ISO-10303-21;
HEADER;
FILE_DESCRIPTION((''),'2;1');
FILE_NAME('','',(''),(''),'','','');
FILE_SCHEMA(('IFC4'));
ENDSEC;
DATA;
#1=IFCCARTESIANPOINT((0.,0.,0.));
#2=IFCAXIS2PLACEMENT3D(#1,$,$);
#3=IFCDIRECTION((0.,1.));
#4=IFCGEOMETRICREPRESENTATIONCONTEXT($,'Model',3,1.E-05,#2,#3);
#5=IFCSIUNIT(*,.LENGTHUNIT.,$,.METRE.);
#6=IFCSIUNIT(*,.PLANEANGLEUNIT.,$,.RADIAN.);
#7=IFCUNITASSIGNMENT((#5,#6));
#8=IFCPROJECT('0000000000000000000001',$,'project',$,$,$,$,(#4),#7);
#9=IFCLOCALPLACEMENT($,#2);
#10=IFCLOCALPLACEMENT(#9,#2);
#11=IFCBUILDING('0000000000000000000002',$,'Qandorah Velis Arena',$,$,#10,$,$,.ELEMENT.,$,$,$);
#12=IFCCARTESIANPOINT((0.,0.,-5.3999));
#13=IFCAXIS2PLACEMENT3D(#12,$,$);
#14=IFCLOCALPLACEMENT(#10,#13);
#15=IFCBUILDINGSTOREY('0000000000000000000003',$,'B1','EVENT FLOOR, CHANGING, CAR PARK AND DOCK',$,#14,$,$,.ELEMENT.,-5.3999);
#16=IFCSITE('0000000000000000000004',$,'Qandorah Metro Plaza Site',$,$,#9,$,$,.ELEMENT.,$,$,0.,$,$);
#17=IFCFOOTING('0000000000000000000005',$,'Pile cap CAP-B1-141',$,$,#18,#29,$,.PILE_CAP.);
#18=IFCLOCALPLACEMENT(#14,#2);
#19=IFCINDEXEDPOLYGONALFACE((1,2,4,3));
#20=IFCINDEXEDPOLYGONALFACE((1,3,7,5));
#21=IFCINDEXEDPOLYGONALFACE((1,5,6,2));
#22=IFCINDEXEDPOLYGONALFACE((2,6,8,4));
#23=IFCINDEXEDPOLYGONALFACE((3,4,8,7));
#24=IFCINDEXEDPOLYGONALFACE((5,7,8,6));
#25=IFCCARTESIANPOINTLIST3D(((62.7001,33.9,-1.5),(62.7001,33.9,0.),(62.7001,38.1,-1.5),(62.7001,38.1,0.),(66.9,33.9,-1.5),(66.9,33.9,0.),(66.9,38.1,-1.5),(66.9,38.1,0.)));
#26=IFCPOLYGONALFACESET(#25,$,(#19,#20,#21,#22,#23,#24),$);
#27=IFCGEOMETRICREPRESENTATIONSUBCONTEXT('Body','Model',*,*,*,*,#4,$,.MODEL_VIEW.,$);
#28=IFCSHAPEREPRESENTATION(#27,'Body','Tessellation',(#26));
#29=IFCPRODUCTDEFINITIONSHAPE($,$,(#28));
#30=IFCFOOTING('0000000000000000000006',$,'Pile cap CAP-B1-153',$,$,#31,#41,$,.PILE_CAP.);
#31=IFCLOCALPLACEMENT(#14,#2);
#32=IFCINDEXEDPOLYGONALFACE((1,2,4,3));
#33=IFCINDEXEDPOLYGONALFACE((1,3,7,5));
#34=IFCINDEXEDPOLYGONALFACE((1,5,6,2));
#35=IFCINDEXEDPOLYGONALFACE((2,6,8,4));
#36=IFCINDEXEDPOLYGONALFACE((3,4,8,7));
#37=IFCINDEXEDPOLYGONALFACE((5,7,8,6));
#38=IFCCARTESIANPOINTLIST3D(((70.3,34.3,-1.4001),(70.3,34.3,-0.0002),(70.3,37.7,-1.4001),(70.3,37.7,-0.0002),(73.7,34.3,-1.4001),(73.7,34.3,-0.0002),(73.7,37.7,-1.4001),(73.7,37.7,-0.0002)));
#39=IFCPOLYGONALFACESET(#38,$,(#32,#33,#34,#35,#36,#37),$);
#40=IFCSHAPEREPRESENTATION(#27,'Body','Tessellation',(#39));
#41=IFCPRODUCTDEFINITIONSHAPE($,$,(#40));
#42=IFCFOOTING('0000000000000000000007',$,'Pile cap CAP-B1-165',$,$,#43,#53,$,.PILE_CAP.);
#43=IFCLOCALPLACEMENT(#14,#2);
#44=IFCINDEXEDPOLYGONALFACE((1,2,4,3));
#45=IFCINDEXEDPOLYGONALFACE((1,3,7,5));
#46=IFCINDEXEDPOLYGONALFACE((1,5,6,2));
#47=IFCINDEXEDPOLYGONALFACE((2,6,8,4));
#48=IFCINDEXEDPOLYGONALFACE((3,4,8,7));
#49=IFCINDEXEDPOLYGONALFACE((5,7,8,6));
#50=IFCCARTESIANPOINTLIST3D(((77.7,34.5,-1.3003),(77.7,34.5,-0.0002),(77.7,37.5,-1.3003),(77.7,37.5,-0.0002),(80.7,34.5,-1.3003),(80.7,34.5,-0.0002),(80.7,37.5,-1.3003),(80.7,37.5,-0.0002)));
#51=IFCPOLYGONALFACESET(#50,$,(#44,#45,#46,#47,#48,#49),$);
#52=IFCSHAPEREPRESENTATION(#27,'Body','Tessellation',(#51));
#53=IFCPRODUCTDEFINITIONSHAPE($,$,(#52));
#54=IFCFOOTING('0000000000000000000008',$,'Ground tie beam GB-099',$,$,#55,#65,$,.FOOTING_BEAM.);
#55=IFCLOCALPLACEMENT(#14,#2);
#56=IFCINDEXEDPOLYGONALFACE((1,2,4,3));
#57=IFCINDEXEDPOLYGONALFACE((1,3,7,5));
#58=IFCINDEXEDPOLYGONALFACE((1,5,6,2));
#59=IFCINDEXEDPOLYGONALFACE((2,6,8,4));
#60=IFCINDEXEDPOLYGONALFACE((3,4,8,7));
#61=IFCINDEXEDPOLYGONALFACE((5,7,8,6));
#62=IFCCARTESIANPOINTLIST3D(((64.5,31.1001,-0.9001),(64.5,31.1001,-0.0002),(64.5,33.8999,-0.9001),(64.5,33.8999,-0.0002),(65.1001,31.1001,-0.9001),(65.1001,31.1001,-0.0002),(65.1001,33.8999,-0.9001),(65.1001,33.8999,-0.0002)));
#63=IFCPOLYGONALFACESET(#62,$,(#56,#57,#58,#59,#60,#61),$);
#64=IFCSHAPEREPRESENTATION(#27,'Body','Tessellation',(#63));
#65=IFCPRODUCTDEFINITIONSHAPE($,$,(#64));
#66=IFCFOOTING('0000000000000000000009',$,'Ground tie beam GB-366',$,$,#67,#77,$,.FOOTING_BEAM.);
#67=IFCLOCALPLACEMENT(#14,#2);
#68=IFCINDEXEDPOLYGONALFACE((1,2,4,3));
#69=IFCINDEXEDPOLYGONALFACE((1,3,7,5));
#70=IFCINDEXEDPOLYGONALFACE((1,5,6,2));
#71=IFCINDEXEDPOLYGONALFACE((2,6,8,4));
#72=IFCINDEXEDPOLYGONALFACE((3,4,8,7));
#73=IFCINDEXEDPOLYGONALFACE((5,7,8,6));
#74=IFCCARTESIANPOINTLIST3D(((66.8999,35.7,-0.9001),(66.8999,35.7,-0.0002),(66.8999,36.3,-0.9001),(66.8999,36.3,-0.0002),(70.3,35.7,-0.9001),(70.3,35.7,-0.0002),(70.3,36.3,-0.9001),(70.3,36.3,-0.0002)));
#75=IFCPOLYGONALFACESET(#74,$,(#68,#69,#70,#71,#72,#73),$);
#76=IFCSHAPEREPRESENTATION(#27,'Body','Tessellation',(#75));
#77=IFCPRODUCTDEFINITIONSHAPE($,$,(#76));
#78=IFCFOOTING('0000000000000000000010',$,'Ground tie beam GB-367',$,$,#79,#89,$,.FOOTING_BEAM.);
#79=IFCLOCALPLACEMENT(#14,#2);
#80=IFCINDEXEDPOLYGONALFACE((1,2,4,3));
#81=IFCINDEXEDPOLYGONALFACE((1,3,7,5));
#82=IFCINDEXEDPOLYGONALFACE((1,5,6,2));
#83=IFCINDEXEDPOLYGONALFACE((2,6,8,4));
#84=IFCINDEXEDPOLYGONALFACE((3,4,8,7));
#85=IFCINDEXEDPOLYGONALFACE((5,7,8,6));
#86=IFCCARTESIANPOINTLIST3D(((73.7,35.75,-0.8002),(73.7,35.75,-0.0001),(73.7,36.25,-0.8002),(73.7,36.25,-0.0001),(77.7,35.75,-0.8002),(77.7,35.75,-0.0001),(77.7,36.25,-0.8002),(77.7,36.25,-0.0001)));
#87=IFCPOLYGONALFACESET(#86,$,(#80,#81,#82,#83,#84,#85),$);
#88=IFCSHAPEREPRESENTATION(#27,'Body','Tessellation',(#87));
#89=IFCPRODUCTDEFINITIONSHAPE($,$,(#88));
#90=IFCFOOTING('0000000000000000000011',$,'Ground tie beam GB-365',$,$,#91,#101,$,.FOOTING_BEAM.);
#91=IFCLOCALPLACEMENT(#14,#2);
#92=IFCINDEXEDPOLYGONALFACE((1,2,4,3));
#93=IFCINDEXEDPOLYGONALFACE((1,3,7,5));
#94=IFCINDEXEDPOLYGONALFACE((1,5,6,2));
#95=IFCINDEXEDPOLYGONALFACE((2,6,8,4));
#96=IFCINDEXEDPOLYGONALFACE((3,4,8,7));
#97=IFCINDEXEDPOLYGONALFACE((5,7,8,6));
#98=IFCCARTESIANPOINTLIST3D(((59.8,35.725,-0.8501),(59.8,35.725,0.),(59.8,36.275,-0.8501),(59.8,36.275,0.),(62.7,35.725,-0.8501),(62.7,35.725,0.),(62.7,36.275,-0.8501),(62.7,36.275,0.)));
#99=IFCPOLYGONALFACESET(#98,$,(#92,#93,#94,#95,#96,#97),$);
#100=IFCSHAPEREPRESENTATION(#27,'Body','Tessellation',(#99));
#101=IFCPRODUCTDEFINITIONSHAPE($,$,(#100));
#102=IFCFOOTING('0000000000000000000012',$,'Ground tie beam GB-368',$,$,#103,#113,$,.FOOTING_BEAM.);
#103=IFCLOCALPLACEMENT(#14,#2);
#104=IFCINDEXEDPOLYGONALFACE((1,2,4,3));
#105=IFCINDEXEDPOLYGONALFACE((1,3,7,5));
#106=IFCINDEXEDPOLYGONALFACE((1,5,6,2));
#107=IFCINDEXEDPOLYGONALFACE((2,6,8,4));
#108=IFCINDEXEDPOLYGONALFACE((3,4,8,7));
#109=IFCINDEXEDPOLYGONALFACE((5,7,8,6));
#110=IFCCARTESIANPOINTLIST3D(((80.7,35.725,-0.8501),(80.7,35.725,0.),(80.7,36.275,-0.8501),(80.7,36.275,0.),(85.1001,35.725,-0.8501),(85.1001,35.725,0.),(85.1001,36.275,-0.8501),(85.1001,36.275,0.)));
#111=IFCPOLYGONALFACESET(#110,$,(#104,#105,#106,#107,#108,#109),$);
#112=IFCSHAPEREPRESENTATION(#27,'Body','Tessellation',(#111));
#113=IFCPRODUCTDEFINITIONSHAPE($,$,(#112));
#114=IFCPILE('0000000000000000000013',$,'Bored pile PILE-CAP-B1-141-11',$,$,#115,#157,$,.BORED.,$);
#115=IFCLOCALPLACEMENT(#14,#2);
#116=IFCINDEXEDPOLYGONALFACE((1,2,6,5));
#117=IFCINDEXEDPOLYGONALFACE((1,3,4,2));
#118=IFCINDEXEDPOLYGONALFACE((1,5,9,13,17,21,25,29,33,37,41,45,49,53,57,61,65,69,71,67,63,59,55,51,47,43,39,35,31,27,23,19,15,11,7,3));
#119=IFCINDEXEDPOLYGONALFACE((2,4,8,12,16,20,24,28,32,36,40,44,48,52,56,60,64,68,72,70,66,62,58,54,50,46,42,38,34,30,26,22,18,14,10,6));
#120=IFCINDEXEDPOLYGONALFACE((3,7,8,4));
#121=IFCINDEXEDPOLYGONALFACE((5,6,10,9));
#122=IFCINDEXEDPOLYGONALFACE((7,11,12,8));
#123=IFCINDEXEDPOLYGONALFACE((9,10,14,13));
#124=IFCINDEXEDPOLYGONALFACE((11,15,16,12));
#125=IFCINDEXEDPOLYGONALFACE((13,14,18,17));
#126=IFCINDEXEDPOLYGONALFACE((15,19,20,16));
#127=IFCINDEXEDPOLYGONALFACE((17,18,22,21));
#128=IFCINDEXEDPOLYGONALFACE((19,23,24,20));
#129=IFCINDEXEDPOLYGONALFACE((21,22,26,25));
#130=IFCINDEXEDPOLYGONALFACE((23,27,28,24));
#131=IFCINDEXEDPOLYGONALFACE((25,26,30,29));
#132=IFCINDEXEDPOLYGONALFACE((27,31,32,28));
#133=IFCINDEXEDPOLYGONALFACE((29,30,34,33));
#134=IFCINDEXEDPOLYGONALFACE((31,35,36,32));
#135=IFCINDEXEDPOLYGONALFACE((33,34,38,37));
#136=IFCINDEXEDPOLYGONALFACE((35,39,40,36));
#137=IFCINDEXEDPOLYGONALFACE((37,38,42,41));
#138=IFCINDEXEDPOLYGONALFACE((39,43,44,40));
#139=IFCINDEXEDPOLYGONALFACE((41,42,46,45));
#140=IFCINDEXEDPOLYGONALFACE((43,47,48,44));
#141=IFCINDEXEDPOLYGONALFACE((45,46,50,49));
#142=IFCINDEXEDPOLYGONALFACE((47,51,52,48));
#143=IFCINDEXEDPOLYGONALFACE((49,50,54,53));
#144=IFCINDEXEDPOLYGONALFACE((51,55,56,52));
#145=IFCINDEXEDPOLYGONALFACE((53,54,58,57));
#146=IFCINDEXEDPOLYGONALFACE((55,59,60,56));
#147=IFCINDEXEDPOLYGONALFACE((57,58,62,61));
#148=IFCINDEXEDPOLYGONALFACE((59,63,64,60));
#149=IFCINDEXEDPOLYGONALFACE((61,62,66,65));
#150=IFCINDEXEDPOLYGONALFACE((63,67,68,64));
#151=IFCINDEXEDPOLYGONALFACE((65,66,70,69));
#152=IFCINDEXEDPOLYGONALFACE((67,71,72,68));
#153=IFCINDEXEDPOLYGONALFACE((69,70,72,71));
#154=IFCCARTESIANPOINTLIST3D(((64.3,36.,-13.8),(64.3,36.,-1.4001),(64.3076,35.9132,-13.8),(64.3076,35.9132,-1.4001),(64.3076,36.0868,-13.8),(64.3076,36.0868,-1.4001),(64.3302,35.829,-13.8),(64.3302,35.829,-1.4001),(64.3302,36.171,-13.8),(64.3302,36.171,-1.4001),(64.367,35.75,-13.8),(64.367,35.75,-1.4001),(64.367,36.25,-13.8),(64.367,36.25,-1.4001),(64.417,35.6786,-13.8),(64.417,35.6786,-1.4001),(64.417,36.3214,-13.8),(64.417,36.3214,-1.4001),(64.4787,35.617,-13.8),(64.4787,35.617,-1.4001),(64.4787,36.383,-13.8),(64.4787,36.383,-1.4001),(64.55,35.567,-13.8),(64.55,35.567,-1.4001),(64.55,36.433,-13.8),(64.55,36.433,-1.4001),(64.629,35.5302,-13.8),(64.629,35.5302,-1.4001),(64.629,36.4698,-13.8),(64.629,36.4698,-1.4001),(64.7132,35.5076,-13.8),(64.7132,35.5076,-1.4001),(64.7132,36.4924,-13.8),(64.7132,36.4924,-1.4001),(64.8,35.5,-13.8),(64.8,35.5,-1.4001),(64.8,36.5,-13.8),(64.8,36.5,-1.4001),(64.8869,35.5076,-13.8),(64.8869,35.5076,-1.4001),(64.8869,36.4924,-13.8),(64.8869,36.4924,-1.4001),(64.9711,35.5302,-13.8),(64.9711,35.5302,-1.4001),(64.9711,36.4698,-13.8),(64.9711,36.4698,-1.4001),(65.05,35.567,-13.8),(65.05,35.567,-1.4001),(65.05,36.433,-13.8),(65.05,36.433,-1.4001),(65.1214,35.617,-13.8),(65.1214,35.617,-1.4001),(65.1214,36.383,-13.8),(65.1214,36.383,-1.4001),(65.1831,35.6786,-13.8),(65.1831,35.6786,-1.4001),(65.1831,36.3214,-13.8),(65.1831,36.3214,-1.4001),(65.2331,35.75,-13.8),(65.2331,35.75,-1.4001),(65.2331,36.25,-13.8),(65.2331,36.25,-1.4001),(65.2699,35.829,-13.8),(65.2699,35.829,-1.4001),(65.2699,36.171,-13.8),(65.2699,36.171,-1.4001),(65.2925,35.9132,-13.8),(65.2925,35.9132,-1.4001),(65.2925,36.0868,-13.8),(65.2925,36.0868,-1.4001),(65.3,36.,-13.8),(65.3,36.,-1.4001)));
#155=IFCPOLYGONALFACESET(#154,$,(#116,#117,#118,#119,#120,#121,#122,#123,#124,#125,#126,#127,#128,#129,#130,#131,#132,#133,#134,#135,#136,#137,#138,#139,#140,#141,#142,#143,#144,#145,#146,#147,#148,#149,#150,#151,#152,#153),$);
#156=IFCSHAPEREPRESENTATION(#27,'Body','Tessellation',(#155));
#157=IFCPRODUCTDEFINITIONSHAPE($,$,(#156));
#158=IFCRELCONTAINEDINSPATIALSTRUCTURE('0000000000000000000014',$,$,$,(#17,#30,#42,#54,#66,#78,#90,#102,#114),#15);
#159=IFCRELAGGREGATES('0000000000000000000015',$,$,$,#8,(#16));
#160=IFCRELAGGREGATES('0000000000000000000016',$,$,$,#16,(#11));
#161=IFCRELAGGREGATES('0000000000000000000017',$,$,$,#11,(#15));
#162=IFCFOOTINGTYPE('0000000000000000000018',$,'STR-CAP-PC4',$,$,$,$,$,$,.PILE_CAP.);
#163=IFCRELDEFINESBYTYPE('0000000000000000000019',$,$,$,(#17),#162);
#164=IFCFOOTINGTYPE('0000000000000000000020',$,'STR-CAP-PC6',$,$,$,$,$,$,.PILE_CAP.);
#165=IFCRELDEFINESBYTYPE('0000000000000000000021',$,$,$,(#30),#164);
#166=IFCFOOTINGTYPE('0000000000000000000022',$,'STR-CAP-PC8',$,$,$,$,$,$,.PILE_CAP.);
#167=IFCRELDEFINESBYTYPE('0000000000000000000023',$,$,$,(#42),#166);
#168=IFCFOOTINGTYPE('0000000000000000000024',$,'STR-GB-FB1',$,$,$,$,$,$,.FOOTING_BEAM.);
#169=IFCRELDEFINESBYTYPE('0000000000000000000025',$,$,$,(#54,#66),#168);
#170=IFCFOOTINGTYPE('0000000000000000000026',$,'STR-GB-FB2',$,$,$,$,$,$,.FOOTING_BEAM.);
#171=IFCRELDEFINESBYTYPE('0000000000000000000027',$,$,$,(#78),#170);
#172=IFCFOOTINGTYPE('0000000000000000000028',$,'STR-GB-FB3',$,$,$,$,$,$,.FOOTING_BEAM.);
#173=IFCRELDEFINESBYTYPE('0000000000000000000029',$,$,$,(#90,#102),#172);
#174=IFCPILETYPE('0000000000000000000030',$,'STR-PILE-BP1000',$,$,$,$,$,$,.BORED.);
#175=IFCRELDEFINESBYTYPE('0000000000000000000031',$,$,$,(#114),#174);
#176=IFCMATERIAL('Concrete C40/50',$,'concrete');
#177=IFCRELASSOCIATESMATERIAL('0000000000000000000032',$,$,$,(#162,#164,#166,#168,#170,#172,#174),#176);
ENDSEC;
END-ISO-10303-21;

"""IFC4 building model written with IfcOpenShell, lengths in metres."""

from ifc_helpers import new_model, si_unit, direction, frame, origin, origin_2d, place, context, subcontext, project, spatial, rectangle, circle, extrude, material, material_profile, profile_set, type_object, element, save


model = new_model("IFC4")

# Units and contexts
model_context = context("Model", 3, precision=1e-05, world=origin(), true_north=direction((0.0, 1.0)))
body_context = subcontext(model_context, "Body", "Model", "MODEL_VIEW")
ifc_project = project(units=[si_unit("LENGTHUNIT", "METRE"), si_unit("PLANEANGLEUNIT", "RADIAN")], contexts=[model_context])

# Site, building, storey
site_placement = place(None, origin())
site = spatial("IfcSite", under=ifc_project, at=site_placement, Name="Qandorah Metro Plaza Site", CompositionType="ELEMENT", RefElevation=0.0)
building_placement = place(site_placement, origin())
building = spatial("IfcBuilding", under=site, at=building_placement, Name="Qandorah Velis Arena", CompositionType="ELEMENT")
storey_placement = place(building_placement, frame((0.0, 0.0, -5.3999)))
storey = spatial("IfcBuildingStorey", under=building, at=storey_placement, Name="B1", Description="EVENT FLOOR, CHANGING, CAR PARK AND DOCK", CompositionType="ELEMENT", Elevation=-5.3999)

# Footings
ifc_material = material(Name="Concrete C40/50", Category="concrete")
footing_type_1 = type_object("IfcFootingType", Name="STR-CAP-PC4", PredefinedType="PILE_CAP", material=ifc_material)
footing_1_placement = place(storey_placement, frame((64.8, 36.0, -1.5), z_axis=(0.0, 0.0, 1.0), x_axis=(1.0, 0.0, 0.0)))
element("IfcFooting", 1, at=footing_1_placement, inside=storey, type_object=footing_type_1, Name="Pile cap CAP-B1-141", PredefinedType="PILE_CAP", context=body_context, shape_type="SweptSolid", body=[
    extrude(rectangle(XDim=4.2, YDim=4.2, at=origin_2d()), origin(), (0.0, 0.0, 1.0), 1.5),
])
footing_type_2 = type_object("IfcFootingType", Name="STR-CAP-PC6", PredefinedType="PILE_CAP", material=ifc_material)
footing_2_placement = place(storey_placement, frame((72.0, 36.0, -1.4001), z_axis=(0.0, 0.0, 1.0), x_axis=(1.0, 0.0, 0.0)))
element("IfcFooting", 2, at=footing_2_placement, inside=storey, type_object=footing_type_2, Name="Pile cap CAP-B1-153", PredefinedType="PILE_CAP", context=body_context, shape_type="SweptSolid", body=[
    extrude(rectangle(XDim=3.3999, YDim=3.3999, at=origin_2d()), origin(), (0.0, 0.0, 1.0), 1.3999),
])
footing_type_3 = type_object("IfcFootingType", Name="STR-CAP-PC8", PredefinedType="PILE_CAP", material=ifc_material)
footing_3_placement = place(storey_placement, frame((79.2, 36.0, -1.3003), z_axis=(0.0, 0.0, 1.0), x_axis=(1.0, 0.0, 0.0)))
element("IfcFooting", 3, at=footing_3_placement, inside=storey, type_object=footing_type_3, Name="Pile cap CAP-B1-165", PredefinedType="PILE_CAP", context=body_context, shape_type="SweptSolid", body=[
    extrude(rectangle(XDim=3.0, YDim=3.0, at=origin_2d()), origin(), (0.0, 0.0, 1.0), 1.3),
])
ifc_material_profile_1 = material_profile(ifc_material, rectangle(XDim=0.6001, YDim=0.8999, at=origin_2d()), Name="GB1 600x900")
ifc_profile_set_1 = profile_set([ifc_material_profile_1], Name="Concrete C40/50")
footing_type_4 = type_object("IfcFootingType", Name="STR-GB-FB1", PredefinedType="FOOTING_BEAM", material=ifc_profile_set_1)
footing_4_placement = place(storey_placement, frame((64.8, 31.1001, -0.4502), z_axis=(0.0, 1.0, 0.0), x_axis=(-1.0, 0.0, 0.0)))
element("IfcFooting", 4, at=footing_4_placement, inside=storey, type_object=footing_type_4, Name="Ground tie beam GB-099", PredefinedType="FOOTING_BEAM", context=body_context, shape_type="SweptSolid", body=[
    extrude(rectangle(XDim=0.6001, YDim=0.8999, at=origin_2d()), origin(), (0.0, 0.0, 1.0), 2.7998),
])
footing_5_placement = place(storey_placement, frame((66.8999, 36.0, -0.4502), z_axis=(1.0, 0.0, 0.0), x_axis=(0.0, 1.0, 0.0)))
element("IfcFooting", 5, at=footing_5_placement, inside=storey, type_object=footing_type_4, Name="Ground tie beam GB-366", PredefinedType="FOOTING_BEAM", context=body_context, shape_type="SweptSolid", body=[
    extrude(rectangle(XDim=0.6001, YDim=0.8999, at=origin_2d()), origin(), (0.0, 0.0, 1.0), 3.4001),
])
ifc_material_profile_2 = material_profile(ifc_material, rectangle(XDim=0.5, YDim=0.8, at=origin_2d()), Name="GB2 500x800")
ifc_profile_set_2 = profile_set([ifc_material_profile_2], Name="Concrete C40/50")
footing_type_5 = type_object("IfcFootingType", Name="STR-GB-FB2", PredefinedType="FOOTING_BEAM", material=ifc_profile_set_2)
footing_6_placement = place(storey_placement, frame((73.7, 36.0, -0.4001), z_axis=(1.0, 0.0, 0.0), x_axis=(0.0, 1.0, 0.0)))
element("IfcFooting", 6, at=footing_6_placement, inside=storey, type_object=footing_type_5, Name="Ground tie beam GB-367", PredefinedType="FOOTING_BEAM", context=body_context, shape_type="SweptSolid", body=[
    extrude(rectangle(XDim=0.5, YDim=0.8, at=origin_2d()), origin(), (0.0, 0.0, 1.0), 4.0),
])
ifc_material_profile_3 = material_profile(ifc_material, rectangle(XDim=0.55, YDim=0.8501, at=origin_2d()), Name="GB3 550x850")
ifc_profile_set_3 = profile_set([ifc_material_profile_3], Name="Concrete C40/50")
footing_type_6 = type_object("IfcFootingType", Name="STR-GB-FB3", PredefinedType="FOOTING_BEAM", material=ifc_profile_set_3)
footing_7_placement = place(storey_placement, frame((59.8, 36.0, -0.425), z_axis=(1.0, 0.0, 0.0), x_axis=(0.0, 1.0, 0.0)))
element("IfcFooting", 7, at=footing_7_placement, inside=storey, type_object=footing_type_6, Name="Ground tie beam GB-365", PredefinedType="FOOTING_BEAM", context=body_context, shape_type="SweptSolid", body=[
    extrude(rectangle(XDim=0.55, YDim=0.8501, at=origin_2d()), origin(), (0.0, 0.0, 1.0), 2.8999),
])
footing_8_placement = place(storey_placement, frame((80.7, 36.0, -0.425), z_axis=(1.0, 0.0, 0.0), x_axis=(0.0, 1.0, 0.0)))
element("IfcFooting", 8, at=footing_8_placement, inside=storey, type_object=footing_type_6, Name="Ground tie beam GB-368", PredefinedType="FOOTING_BEAM", context=body_context, shape_type="SweptSolid", body=[
    extrude(rectangle(XDim=0.55, YDim=0.8501, at=origin_2d()), origin(), (0.0, 0.0, 1.0), 4.4001),
])

# Pile
ifc_material_profile_4 = material_profile(ifc_material, circle(Radius=0.5, at=origin_2d()), Name="BORED PILE D1000")
ifc_profile_set_4 = profile_set([ifc_material_profile_4], Name="Concrete C40/50")
pile_type_1 = type_object("IfcPileType", Name="STR-PILE-BP1000", PredefinedType="BORED", material=ifc_profile_set_4)
pile_1_placement = place(storey_placement, frame((64.8, 36.0, -1.4001), z_axis=(0.0, 0.0, -1.0), x_axis=(1.0, 0.0, 0.0)))
element("IfcPile", 9, at=pile_1_placement, inside=storey, type_object=pile_type_1, Name="Bored pile PILE-CAP-B1-141-11", PredefinedType="BORED", context=body_context, shape_type="SweptSolid", body=[
    extrude(circle(Radius=0.5, at=origin_2d()), origin(), (0.0, 0.0, 1.0), 12.3999),
])

save(model, "model.ifc")
